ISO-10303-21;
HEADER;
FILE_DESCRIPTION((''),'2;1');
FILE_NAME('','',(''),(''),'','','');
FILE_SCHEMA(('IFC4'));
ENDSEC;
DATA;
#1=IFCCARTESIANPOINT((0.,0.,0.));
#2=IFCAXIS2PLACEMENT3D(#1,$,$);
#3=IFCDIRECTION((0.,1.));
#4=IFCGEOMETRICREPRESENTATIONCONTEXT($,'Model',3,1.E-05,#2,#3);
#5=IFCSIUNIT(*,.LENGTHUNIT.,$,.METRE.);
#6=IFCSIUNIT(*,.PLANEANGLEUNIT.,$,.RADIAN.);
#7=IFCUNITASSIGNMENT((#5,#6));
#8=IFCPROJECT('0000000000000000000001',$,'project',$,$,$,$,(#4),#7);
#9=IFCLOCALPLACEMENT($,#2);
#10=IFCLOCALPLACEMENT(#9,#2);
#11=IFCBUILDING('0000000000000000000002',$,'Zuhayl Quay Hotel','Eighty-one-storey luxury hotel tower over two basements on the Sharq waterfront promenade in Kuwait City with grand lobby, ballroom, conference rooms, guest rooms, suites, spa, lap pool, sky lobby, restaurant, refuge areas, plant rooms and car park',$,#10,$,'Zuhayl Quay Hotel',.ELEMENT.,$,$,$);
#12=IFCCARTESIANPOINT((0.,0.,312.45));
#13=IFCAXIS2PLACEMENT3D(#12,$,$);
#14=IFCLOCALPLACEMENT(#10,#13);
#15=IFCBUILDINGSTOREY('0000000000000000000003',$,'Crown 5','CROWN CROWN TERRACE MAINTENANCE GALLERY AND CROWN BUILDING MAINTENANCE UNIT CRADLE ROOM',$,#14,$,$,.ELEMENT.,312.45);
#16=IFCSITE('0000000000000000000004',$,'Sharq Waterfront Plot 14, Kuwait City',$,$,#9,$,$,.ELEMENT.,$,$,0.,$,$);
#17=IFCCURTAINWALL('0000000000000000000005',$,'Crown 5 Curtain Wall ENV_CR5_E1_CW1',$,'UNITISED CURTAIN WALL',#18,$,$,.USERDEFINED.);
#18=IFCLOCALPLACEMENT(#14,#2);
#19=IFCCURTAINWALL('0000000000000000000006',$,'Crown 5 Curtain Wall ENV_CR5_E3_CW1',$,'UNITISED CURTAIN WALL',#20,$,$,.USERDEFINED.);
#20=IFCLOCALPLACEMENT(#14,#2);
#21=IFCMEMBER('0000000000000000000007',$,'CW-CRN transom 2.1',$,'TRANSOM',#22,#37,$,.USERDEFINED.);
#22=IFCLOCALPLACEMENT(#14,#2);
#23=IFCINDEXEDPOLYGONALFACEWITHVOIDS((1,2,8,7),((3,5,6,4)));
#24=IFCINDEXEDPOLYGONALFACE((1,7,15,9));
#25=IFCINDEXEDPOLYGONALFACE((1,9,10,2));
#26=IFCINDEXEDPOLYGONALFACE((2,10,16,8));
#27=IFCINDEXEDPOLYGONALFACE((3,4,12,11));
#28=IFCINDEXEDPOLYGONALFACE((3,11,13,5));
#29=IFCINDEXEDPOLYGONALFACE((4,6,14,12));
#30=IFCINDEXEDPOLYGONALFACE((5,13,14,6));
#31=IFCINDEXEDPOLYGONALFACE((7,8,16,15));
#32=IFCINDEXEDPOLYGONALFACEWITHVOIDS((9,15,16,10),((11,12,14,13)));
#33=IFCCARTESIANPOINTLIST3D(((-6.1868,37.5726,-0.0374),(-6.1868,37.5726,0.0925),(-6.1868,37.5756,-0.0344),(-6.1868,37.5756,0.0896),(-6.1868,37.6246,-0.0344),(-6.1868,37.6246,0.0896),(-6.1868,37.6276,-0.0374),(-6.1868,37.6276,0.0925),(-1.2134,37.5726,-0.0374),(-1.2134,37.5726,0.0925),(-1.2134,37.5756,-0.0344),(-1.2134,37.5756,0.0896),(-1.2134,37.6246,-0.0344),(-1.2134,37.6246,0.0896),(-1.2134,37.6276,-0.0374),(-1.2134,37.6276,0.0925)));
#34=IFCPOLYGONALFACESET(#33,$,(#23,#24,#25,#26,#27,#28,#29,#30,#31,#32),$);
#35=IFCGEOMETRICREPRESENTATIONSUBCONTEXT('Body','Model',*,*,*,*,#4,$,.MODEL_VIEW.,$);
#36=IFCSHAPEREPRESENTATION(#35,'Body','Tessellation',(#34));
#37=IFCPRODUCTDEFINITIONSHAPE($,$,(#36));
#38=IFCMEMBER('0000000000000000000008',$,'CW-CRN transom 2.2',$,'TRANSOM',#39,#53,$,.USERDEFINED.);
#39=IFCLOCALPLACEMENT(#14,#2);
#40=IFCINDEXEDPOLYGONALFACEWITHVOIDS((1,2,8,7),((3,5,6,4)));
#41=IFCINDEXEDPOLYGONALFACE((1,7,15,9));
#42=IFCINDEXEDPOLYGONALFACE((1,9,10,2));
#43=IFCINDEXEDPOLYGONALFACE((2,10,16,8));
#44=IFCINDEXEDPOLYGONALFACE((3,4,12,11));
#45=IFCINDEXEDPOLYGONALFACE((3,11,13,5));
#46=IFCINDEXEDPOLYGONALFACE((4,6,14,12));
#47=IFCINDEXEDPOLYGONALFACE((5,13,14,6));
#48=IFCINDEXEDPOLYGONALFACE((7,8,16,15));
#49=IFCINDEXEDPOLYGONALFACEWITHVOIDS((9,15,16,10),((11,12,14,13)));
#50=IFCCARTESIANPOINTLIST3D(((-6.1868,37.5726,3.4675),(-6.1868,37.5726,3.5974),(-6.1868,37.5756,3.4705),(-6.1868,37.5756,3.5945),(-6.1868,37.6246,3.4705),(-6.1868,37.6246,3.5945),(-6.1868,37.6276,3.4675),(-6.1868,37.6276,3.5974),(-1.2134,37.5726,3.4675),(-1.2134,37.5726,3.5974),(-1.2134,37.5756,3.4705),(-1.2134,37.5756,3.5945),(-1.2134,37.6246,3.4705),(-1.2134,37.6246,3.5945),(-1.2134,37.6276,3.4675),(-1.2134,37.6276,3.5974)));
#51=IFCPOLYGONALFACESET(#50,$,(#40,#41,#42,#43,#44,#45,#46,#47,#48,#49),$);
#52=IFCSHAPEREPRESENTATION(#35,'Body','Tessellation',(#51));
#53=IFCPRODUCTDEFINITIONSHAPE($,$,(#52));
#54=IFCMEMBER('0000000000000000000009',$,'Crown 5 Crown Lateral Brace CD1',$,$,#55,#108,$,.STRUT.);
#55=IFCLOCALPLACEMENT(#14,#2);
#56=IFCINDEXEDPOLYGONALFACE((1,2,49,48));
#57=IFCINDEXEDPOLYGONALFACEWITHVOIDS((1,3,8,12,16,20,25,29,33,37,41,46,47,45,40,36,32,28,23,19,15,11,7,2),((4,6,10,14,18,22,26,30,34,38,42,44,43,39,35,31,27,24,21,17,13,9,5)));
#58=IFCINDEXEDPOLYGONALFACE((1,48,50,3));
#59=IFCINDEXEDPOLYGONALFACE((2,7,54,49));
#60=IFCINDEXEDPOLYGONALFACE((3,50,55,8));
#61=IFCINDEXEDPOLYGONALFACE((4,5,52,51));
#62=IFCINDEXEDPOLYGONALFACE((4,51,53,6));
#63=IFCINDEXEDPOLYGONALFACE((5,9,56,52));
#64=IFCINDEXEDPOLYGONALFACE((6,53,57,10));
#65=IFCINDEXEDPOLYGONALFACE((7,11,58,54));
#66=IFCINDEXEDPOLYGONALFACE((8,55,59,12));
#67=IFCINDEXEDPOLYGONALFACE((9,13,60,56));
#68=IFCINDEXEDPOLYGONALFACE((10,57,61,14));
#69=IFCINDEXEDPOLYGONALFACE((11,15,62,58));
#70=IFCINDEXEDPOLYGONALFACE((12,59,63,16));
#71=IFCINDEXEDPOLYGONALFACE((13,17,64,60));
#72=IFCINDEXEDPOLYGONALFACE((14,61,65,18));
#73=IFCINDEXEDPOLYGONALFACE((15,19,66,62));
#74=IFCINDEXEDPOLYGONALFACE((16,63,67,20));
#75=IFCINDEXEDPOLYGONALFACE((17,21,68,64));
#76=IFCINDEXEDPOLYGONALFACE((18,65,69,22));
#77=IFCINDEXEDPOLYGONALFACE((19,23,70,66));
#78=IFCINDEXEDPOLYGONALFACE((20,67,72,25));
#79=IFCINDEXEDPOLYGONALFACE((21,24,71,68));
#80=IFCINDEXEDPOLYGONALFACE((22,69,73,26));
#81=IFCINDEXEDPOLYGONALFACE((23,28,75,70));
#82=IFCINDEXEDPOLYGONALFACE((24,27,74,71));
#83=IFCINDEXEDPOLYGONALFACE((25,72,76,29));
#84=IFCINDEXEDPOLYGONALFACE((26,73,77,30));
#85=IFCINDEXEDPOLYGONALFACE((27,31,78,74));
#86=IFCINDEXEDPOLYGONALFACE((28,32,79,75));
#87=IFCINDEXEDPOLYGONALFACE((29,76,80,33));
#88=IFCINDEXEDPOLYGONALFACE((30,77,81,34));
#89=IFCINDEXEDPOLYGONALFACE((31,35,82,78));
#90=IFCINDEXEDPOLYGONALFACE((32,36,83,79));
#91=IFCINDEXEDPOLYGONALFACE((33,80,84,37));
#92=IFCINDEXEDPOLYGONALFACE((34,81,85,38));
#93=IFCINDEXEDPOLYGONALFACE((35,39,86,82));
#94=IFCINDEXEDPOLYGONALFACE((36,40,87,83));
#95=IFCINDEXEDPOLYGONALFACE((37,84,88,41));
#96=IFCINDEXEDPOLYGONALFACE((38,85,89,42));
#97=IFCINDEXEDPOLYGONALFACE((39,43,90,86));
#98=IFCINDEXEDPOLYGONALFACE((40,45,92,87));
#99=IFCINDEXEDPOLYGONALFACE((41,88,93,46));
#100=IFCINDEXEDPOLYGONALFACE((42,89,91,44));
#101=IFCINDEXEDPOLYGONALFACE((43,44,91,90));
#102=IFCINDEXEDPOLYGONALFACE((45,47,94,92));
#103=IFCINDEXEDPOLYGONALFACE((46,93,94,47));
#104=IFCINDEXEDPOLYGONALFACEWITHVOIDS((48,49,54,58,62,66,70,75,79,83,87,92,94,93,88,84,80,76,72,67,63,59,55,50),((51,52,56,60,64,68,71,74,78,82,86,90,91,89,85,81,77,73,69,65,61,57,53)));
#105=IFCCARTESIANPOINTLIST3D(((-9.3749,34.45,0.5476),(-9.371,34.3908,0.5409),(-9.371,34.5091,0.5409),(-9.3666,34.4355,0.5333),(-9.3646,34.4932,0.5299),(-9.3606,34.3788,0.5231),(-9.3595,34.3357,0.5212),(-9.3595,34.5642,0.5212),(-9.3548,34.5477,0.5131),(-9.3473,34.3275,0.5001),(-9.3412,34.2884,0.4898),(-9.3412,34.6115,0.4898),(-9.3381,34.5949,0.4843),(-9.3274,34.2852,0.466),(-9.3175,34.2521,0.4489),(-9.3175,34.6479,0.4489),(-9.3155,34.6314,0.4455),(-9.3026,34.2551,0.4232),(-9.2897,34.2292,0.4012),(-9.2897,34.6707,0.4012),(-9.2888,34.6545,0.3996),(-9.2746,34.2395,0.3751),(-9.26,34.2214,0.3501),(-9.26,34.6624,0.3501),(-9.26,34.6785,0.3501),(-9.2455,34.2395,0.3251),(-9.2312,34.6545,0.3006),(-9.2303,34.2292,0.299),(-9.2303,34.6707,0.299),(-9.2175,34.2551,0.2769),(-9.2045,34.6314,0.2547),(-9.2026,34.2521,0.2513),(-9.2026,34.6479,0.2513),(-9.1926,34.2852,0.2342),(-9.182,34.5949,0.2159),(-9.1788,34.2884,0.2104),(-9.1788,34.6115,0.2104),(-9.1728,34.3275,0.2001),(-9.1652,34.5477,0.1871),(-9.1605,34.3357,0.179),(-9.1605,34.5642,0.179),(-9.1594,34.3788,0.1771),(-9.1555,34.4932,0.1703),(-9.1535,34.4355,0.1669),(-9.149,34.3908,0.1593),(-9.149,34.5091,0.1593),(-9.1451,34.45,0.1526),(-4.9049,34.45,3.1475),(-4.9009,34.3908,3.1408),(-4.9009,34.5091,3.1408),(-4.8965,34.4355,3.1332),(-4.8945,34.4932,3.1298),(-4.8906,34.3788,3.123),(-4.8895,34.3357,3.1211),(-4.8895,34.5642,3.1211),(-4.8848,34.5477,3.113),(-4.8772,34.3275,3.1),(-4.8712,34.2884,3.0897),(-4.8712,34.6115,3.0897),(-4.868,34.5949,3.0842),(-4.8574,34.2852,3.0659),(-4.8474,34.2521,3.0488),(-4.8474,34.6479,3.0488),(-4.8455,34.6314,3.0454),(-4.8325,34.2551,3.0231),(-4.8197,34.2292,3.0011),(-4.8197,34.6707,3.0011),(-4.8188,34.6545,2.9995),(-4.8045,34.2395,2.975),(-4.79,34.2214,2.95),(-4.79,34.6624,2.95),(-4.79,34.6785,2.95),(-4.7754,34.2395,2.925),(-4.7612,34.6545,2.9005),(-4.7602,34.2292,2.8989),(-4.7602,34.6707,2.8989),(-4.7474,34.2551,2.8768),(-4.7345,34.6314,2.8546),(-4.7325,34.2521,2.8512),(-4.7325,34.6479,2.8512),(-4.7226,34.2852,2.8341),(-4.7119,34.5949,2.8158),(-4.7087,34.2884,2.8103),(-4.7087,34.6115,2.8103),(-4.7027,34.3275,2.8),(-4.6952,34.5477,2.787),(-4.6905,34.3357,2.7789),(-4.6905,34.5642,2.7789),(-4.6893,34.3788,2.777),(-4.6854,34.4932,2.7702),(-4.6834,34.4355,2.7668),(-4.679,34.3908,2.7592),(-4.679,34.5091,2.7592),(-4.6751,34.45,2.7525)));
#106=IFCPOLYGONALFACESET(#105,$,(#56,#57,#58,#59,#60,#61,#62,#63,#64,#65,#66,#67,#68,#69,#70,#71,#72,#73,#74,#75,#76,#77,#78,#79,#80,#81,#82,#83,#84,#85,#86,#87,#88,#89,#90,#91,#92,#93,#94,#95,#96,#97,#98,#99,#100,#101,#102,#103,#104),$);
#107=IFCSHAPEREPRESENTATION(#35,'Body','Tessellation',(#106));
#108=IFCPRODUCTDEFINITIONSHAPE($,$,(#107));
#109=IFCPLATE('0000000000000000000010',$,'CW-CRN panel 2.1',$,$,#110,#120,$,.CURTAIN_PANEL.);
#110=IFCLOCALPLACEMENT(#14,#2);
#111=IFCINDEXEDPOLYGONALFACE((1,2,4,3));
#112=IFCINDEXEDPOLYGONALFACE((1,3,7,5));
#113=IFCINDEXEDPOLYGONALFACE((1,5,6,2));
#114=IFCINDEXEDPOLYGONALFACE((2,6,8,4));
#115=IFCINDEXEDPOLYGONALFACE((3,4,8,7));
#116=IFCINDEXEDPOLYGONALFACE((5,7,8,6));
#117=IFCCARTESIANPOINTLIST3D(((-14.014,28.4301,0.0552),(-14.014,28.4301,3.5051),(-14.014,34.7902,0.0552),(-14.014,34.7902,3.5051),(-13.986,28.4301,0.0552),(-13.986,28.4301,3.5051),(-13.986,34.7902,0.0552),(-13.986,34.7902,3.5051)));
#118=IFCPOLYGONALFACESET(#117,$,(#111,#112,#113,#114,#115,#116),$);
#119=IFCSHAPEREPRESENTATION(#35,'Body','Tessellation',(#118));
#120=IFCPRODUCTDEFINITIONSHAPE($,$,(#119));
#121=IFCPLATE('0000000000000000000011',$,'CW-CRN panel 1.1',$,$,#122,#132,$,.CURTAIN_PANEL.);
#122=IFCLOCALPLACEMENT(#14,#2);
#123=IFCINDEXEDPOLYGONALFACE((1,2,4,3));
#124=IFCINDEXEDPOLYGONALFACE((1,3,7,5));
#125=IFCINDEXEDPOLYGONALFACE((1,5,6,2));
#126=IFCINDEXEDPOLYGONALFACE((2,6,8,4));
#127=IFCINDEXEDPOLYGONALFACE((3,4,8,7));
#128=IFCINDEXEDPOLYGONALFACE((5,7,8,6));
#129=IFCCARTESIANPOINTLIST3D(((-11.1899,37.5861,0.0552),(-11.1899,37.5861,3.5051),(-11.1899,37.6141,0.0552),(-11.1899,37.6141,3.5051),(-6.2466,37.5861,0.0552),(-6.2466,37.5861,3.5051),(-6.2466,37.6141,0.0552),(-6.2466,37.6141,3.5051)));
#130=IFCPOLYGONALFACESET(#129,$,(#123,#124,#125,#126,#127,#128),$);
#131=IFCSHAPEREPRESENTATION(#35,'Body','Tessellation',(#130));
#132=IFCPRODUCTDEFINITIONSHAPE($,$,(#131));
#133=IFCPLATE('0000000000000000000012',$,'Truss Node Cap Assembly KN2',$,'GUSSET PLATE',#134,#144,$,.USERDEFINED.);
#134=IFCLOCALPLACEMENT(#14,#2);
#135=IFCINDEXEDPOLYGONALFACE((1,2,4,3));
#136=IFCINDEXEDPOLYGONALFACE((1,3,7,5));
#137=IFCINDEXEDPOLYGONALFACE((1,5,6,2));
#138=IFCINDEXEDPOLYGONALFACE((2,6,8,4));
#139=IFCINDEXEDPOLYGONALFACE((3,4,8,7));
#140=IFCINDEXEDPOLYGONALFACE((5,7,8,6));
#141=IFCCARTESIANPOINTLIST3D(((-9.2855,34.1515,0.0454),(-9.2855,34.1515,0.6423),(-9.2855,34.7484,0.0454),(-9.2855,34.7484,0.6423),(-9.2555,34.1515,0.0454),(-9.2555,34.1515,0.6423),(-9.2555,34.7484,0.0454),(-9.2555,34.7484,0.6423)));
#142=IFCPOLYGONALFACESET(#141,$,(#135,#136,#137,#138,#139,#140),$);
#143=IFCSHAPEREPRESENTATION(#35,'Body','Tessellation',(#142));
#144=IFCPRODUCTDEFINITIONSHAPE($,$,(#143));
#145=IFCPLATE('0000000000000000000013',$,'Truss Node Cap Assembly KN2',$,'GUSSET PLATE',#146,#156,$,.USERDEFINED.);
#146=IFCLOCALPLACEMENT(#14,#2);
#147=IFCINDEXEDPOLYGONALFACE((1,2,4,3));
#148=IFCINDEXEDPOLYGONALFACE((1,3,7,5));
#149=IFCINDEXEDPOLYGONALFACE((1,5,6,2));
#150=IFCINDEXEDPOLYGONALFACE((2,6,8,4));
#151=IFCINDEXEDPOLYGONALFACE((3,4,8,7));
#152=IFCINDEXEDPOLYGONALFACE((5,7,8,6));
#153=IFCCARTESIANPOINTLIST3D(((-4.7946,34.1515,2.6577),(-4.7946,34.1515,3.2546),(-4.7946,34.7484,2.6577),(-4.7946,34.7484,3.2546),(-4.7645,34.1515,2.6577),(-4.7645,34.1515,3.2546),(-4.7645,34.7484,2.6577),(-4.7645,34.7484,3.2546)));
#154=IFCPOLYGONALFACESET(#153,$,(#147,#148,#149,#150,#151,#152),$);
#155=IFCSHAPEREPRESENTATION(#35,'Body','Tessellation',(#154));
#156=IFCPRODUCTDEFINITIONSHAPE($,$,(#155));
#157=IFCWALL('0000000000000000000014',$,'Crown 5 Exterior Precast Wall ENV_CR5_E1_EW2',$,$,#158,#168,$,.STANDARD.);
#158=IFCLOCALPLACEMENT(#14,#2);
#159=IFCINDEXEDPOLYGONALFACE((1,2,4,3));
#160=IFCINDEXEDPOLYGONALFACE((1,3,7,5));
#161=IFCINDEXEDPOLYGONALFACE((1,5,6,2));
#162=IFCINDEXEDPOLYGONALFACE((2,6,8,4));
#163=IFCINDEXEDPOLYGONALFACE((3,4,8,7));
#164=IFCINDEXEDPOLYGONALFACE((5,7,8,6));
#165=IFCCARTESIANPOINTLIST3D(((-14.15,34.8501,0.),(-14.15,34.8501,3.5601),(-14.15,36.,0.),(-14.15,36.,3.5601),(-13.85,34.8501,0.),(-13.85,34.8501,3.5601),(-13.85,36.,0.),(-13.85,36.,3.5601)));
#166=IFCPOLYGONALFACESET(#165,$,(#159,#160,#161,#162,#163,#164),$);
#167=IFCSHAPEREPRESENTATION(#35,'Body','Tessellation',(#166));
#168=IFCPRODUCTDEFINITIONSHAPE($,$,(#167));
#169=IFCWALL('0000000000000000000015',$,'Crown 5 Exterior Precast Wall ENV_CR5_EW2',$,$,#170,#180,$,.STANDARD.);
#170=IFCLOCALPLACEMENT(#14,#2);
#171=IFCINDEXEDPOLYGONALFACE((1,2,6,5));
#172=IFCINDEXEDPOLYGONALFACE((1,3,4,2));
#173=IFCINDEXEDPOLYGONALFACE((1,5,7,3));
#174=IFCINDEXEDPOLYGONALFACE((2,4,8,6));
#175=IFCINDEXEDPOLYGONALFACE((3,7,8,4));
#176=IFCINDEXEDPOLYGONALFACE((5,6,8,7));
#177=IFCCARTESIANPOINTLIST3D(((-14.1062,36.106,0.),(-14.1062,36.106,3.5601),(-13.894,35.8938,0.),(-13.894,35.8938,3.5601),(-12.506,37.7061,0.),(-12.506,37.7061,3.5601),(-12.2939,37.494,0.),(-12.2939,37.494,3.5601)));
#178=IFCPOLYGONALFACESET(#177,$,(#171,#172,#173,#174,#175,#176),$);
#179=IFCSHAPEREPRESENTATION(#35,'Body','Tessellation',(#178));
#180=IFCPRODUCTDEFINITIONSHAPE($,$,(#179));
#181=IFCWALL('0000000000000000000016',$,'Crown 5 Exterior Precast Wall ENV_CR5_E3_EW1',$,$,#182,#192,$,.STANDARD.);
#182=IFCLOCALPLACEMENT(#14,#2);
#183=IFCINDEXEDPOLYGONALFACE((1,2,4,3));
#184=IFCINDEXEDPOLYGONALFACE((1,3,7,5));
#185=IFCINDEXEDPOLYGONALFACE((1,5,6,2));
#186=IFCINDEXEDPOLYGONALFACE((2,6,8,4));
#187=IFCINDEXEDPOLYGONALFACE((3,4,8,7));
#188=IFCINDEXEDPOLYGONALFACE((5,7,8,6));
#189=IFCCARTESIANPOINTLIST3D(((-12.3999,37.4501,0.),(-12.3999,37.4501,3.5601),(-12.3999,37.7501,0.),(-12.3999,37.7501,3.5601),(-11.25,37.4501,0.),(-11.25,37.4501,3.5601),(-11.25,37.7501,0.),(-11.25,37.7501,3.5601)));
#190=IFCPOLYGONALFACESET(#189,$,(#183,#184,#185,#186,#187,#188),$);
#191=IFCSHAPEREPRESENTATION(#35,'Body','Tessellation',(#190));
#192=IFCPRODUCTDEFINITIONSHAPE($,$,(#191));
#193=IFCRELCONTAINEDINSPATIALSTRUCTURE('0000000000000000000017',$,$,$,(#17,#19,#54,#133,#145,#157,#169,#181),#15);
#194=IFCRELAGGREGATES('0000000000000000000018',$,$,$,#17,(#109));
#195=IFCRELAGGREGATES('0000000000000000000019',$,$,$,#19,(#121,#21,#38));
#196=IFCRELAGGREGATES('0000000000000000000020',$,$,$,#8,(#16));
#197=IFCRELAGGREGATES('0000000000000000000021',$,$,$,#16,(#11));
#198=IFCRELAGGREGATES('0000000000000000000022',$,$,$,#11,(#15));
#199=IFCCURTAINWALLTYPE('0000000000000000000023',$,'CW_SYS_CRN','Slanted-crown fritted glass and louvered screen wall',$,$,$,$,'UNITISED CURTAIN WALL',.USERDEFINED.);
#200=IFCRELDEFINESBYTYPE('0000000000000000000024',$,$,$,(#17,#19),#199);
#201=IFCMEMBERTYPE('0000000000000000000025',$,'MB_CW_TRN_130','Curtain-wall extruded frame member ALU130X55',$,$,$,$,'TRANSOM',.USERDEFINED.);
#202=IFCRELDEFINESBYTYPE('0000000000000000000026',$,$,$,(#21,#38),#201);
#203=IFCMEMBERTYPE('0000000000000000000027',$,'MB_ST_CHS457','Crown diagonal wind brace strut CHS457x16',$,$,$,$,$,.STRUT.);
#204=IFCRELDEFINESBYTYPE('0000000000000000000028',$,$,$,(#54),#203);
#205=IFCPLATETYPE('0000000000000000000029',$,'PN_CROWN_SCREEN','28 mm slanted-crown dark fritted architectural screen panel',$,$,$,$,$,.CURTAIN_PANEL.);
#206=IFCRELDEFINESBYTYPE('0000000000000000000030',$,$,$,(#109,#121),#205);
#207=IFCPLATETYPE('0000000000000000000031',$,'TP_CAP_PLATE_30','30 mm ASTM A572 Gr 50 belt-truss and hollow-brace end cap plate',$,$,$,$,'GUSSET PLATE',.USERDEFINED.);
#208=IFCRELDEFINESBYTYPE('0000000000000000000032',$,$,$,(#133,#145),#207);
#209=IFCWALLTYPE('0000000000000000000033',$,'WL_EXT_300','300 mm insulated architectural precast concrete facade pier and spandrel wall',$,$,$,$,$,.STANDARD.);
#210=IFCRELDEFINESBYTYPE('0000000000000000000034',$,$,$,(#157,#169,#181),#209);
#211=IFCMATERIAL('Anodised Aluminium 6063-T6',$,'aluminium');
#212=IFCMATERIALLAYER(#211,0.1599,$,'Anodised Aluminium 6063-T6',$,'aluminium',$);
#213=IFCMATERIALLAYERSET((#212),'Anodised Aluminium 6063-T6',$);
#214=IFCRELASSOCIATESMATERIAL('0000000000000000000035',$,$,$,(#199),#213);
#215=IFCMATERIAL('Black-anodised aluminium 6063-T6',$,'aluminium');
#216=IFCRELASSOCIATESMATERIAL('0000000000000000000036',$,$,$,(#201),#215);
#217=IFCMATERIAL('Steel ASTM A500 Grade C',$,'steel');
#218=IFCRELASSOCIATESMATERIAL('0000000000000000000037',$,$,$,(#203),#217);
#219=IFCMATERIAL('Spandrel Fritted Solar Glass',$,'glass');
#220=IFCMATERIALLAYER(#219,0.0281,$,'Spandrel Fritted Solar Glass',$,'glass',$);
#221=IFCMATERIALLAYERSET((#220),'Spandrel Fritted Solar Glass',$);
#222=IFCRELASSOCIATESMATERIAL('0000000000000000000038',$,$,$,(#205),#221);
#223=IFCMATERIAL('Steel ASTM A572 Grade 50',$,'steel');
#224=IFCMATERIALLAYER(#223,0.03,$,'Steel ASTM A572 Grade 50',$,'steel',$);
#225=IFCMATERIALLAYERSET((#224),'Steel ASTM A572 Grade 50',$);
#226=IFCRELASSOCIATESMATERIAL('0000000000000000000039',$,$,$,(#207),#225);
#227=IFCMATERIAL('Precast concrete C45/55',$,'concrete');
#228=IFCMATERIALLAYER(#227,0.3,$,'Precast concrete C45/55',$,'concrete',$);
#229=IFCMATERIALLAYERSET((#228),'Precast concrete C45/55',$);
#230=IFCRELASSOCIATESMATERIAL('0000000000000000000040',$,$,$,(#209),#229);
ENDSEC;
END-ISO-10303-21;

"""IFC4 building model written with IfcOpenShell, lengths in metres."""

from ifc_helpers import new_model, si_unit, direction, frame, frame_2d, origin, origin_2d, place, context, subcontext, project, spatial, rectangle, hollow_rectangle, hollow_circle, extrude, material, layer, layer_set, material_profile, profile_set, type_object, element, aggregate, save


model = new_model("IFC4")

# Units and contexts
model_context = context("Model", 3, precision=1e-05, world=origin(), true_north=direction((0.0, 1.0)))
body_context = subcontext(model_context, "Body", "Model", "MODEL_VIEW")
ifc_project = project(units=[si_unit("LENGTHUNIT", "METRE"), si_unit("PLANEANGLEUNIT", "RADIAN")], contexts=[model_context])

# Site, building, storey
site_placement = place(None, origin())
site = spatial("IfcSite", under=ifc_project, at=site_placement, Name="Sharq Waterfront Plot 14, Kuwait City", CompositionType="ELEMENT", RefElevation=0.0)
building_placement = place(site_placement, origin())
building = spatial("IfcBuilding", under=site, at=building_placement, Name="Zuhayl Quay Hotel", Description="Eighty-one-storey luxury hotel tower over two basements on the Sharq waterfront promenade in Kuwait City with grand lobby, ballroom, conference rooms, guest rooms, suites, spa, lap pool, sky lobby, restaurant, refuge areas, plant rooms and car park", LongName="Zuhayl Quay Hotel", CompositionType="ELEMENT")
storey_placement = place(building_placement, frame((0.0, 0.0, 312.45)))
storey = spatial("IfcBuildingStorey", under=building, at=storey_placement, Name="Crown 5", Description="CROWN CROWN TERRACE MAINTENANCE GALLERY AND CROWN BUILDING MAINTENANCE UNIT CRADLE ROOM", CompositionType="ELEMENT", Elevation=312.45)

# Curtain wall
ifc_material_1 = material(Name="Anodised Aluminium 6063-T6", Category="aluminium")
ifc_layer_1 = layer(ifc_material_1, 0.1599, Name="Anodised Aluminium 6063-T6", Category="aluminium")
ifc_layer_set_1 = layer_set([ifc_layer_1], Name="Anodised Aluminium 6063-T6")
curtain_wall_type = type_object("IfcCurtainWallType", Name="CW_SYS_CRN", Description="Slanted-crown fritted glass and louvered screen wall", ElementType="UNITISED CURTAIN WALL", PredefinedType="USERDEFINED", material=ifc_layer_set_1)
curtain_wall_1_placement = place(storey_placement, origin())
curtain_wall_1 = element("IfcCurtainWall", 1, at=curtain_wall_1_placement, inside=storey, type_object=curtain_wall_type, Name="Crown 5 Curtain Wall ENV_CR5_E1_CW1", ObjectType="UNITISED CURTAIN WALL", PredefinedType="USERDEFINED")
ifc_material_2 = material(Name="Black-anodised aluminium 6063-T6", Category="aluminium")

# Curtain wall
curtain_wall_2_placement = place(storey_placement, origin())
curtain_wall_2 = element("IfcCurtainWall", 2, at=curtain_wall_2_placement, inside=storey, type_object=curtain_wall_type, Name="Crown 5 Curtain Wall ENV_CR5_E3_CW1", ObjectType="UNITISED CURTAIN WALL", PredefinedType="USERDEFINED")

# Members
ifc_material_profile_1 = material_profile(ifc_material_2, hollow_rectangle(XDim=0.0549, YDim=0.1299, WallThickness=0.0029, at=origin_2d()), Name="ALU130X55")
ifc_profile_set_1 = profile_set([ifc_material_profile_1], Name="Black-anodised aluminium 6063-T6")
member_type_1 = type_object("IfcMemberType", Name="MB_CW_TRN_130", Description="Curtain-wall extruded frame member ALU130X55", ElementType="TRANSOM", PredefinedType="USERDEFINED", material=ifc_profile_set_1)
member_1_placement = place(storey_placement, frame((-6.1868, 37.6001, 0.0276), z_axis=(1.0, 0.0, 0.0), x_axis=(0.0, 1.0, 0.0)))
member_1 = element("IfcMember", 3, at=member_1_placement, type_object=member_type_1, Name="CW-CRN transom 2.1", ObjectType="TRANSOM", PredefinedType="USERDEFINED", context=body_context, shape_type="SweptSolid", body=[
    extrude(hollow_rectangle(XDim=0.0549, YDim=0.1299, WallThickness=0.0029, at=origin_2d()), origin(), (0.0, 0.0, 1.0), 4.9734),
])
member_2_placement = place(storey_placement, frame((-6.1868, 37.6001, 3.5325), z_axis=(1.0, 0.0, 0.0), x_axis=(0.0, 1.0, 0.0)))
member_2 = element("IfcMember", 4, at=member_2_placement, type_object=member_type_1, Name="CW-CRN transom 2.2", ObjectType="TRANSOM", PredefinedType="USERDEFINED", context=body_context, shape_type="SweptSolid", body=[
    extrude(hollow_rectangle(XDim=0.0549, YDim=0.1299, WallThickness=0.0029, at=origin_2d()), origin(), (0.0, 0.0, 1.0), 4.9734),
])
ifc_material_3 = material(Name="Steel ASTM A500 Grade C", Category="steel")
ifc_material_profile_2 = material_profile(ifc_material_3, hollow_circle(Radius=0.2285, WallThickness=0.0161, at=origin_2d()), Name="CHS457X16")
ifc_profile_set_2 = profile_set([ifc_material_profile_2], Name="Steel ASTM A500 Grade C")
member_type_2 = type_object("IfcMemberType", Name="MB_ST_CHS457", Description="Crown diagonal wind brace strut CHS457x16", PredefinedType="STRUT", material=ifc_profile_set_2)
member_3_placement = place(storey_placement, frame((-9.26, 34.45, 0.3501), z_axis=(0.86442, 0.0, 0.50277), x_axis=(0.0, 1.0, 0.0)))
element("IfcMember", 5, at=member_3_placement, inside=storey, type_object=member_type_2, Name="Crown 5 Crown Lateral Brace CD1", PredefinedType="STRUT", context=body_context, shape_type="SweptSolid", body=[
    extrude(hollow_circle(Radius=0.2285, WallThickness=0.0161, at=origin_2d()), origin(), (0.0, 0.0, 1.0), 5.1711),
])

# Plates
ifc_material_4 = material(Name="Spandrel Fritted Solar Glass", Category="glass")
ifc_layer_2 = layer(ifc_material_4, 0.0281, Name="Spandrel Fritted Solar Glass", Category="glass")
ifc_layer_set_2 = layer_set([ifc_layer_2], Name="Spandrel Fritted Solar Glass")
plate_type_1 = type_object("IfcPlateType", Name="PN_CROWN_SCREEN", Description="28 mm slanted-crown dark fritted architectural screen panel", PredefinedType="CURTAIN_PANEL", material=ifc_layer_set_2)
plate_1_placement = place(storey_placement, frame((-14.0, 31.6101, 0.0552), z_axis=(0.0, 0.0, 1.0), x_axis=(0.0, 1.0, 0.0)))
plate_1 = element("IfcPlate", 6, at=plate_1_placement, type_object=plate_type_1, Name="CW-CRN panel 2.1", PredefinedType="CURTAIN_PANEL", context=body_context, shape_type="SweptSolid", body=[
    extrude(rectangle(XDim=6.3601, YDim=0.0281, at=origin_2d()), origin(), (0.0, 0.0, 1.0), 3.45),
])
aggregate(curtain_wall_1, [plate_1])
plate_2_placement = place(storey_placement, frame((-8.7183, 37.6001, 0.0552), z_axis=(0.0, 0.0, 1.0), x_axis=(1.0, 0.0, 0.0)))
plate_2 = element("IfcPlate", 7, at=plate_2_placement, type_object=plate_type_1, Name="CW-CRN panel 1.1", PredefinedType="CURTAIN_PANEL", context=body_context, shape_type="SweptSolid", body=[
    extrude(rectangle(XDim=4.9434, YDim=0.0281, at=origin_2d()), origin(), (0.0, 0.0, 1.0), 3.45),
])
aggregate(curtain_wall_2, [plate_2, member_1, member_2])

# Plates
ifc_material_5 = material(Name="Steel ASTM A572 Grade 50", Category="steel")
ifc_layer_3 = layer(ifc_material_5, 0.03, Name="Steel ASTM A572 Grade 50", Category="steel")
ifc_layer_set_3 = layer_set([ifc_layer_3], Name="Steel ASTM A572 Grade 50")
plate_type_2 = type_object("IfcPlateType", Name="TP_CAP_PLATE_30", Description="30 mm ASTM A572 Gr 50 belt-truss and hollow-brace end cap plate", ElementType="GUSSET PLATE", PredefinedType="USERDEFINED", material=ifc_layer_set_3)
for number, where, z_axis, x_axis, name in (
    (8, (-9.2705, 34.45, 0.0454), (0.0, 0.0, 1.0), (-1.0, 0.0, 0.0), "Truss Node Cap Assembly KN2"),
    (9, (-4.7795, 34.45, 2.6577), (0.0, 0.0, 1.0), (1.0, 0.0, 0.0), "Truss Node Cap Assembly KN2"),
):
    element("IfcPlate", number, at=place(storey_placement, frame(where, z_axis=z_axis, x_axis=x_axis)), inside=storey, type_object=plate_type_2, Name=name, ObjectType="GUSSET PLATE", PredefinedType="USERDEFINED", context=body_context, shape_type="SweptSolid", body=[
        extrude(rectangle(XDim=0.03, YDim=0.5969, at=origin_2d()), origin(), (0.0, 0.0, 1.0), 0.5969),
    ])

# Walls
ifc_material_6 = material(Name="Precast concrete C45/55", Category="concrete")
ifc_layer_4 = layer(ifc_material_6, 0.3, Name="Precast concrete C45/55", Category="concrete")
ifc_layer_set_4 = layer_set([ifc_layer_4], Name="Precast concrete C45/55")
wall_type_1 = type_object("IfcWallType", Name="WL_EXT_300", Description="300 mm insulated architectural precast concrete facade pier and spandrel wall", PredefinedType="STANDARD", material=ifc_layer_set_4)
wall_1_placement = place(storey_placement, frame((-14.0, 34.8501, 0.0), z_axis=(0.0, 0.0, 1.0), x_axis=(0.0, 1.0, 0.0)))
element("IfcWall", 10, at=wall_1_placement, inside=storey, type_object=wall_type_1, Name="Crown 5 Exterior Precast Wall ENV_CR5_E1_EW2", PredefinedType="STANDARD", context=body_context, shape_type="SweptSolid", body=[
    extrude(rectangle(XDim=1.1499, YDim=0.3, at=frame_2d((0.575, 0.0))), origin(), (0.0, 0.0, 1.0), 3.5601),
])
wall_2_placement = place(storey_placement, frame((-14.0, 36.0, 0.0), z_axis=(0.0, 0.0, 1.0), x_axis=(0.707107, 0.707107, 0.0)))
element("IfcWall", 11, at=wall_2_placement, inside=storey, type_object=wall_type_1, Name="Crown 5 Exterior Precast Wall ENV_CR5_EW2", PredefinedType="STANDARD", context=body_context, shape_type="SweptSolid", body=[
    extrude(rectangle(XDim=2.2629, YDim=0.3, at=frame_2d((1.1313, 0.0))), origin(), (0.0, 0.0, 1.0), 3.5601),
])
wall_3_placement = place(storey_placement, frame((-12.3999, 37.6001, 0.0), z_axis=(0.0, 0.0, 1.0), x_axis=(1.0, 0.0, 0.0)))
element("IfcWall", 12, at=wall_3_placement, inside=storey, type_object=wall_type_1, Name="Crown 5 Exterior Precast Wall ENV_CR5_E3_EW1", PredefinedType="STANDARD", context=body_context, shape_type="SweptSolid", body=[
    extrude(rectangle(XDim=1.1499, YDim=0.3, at=frame_2d((0.575, 0.0))), origin(), (0.0, 0.0, 1.0), 3.5601),
])

save(model, "model.ifc")
